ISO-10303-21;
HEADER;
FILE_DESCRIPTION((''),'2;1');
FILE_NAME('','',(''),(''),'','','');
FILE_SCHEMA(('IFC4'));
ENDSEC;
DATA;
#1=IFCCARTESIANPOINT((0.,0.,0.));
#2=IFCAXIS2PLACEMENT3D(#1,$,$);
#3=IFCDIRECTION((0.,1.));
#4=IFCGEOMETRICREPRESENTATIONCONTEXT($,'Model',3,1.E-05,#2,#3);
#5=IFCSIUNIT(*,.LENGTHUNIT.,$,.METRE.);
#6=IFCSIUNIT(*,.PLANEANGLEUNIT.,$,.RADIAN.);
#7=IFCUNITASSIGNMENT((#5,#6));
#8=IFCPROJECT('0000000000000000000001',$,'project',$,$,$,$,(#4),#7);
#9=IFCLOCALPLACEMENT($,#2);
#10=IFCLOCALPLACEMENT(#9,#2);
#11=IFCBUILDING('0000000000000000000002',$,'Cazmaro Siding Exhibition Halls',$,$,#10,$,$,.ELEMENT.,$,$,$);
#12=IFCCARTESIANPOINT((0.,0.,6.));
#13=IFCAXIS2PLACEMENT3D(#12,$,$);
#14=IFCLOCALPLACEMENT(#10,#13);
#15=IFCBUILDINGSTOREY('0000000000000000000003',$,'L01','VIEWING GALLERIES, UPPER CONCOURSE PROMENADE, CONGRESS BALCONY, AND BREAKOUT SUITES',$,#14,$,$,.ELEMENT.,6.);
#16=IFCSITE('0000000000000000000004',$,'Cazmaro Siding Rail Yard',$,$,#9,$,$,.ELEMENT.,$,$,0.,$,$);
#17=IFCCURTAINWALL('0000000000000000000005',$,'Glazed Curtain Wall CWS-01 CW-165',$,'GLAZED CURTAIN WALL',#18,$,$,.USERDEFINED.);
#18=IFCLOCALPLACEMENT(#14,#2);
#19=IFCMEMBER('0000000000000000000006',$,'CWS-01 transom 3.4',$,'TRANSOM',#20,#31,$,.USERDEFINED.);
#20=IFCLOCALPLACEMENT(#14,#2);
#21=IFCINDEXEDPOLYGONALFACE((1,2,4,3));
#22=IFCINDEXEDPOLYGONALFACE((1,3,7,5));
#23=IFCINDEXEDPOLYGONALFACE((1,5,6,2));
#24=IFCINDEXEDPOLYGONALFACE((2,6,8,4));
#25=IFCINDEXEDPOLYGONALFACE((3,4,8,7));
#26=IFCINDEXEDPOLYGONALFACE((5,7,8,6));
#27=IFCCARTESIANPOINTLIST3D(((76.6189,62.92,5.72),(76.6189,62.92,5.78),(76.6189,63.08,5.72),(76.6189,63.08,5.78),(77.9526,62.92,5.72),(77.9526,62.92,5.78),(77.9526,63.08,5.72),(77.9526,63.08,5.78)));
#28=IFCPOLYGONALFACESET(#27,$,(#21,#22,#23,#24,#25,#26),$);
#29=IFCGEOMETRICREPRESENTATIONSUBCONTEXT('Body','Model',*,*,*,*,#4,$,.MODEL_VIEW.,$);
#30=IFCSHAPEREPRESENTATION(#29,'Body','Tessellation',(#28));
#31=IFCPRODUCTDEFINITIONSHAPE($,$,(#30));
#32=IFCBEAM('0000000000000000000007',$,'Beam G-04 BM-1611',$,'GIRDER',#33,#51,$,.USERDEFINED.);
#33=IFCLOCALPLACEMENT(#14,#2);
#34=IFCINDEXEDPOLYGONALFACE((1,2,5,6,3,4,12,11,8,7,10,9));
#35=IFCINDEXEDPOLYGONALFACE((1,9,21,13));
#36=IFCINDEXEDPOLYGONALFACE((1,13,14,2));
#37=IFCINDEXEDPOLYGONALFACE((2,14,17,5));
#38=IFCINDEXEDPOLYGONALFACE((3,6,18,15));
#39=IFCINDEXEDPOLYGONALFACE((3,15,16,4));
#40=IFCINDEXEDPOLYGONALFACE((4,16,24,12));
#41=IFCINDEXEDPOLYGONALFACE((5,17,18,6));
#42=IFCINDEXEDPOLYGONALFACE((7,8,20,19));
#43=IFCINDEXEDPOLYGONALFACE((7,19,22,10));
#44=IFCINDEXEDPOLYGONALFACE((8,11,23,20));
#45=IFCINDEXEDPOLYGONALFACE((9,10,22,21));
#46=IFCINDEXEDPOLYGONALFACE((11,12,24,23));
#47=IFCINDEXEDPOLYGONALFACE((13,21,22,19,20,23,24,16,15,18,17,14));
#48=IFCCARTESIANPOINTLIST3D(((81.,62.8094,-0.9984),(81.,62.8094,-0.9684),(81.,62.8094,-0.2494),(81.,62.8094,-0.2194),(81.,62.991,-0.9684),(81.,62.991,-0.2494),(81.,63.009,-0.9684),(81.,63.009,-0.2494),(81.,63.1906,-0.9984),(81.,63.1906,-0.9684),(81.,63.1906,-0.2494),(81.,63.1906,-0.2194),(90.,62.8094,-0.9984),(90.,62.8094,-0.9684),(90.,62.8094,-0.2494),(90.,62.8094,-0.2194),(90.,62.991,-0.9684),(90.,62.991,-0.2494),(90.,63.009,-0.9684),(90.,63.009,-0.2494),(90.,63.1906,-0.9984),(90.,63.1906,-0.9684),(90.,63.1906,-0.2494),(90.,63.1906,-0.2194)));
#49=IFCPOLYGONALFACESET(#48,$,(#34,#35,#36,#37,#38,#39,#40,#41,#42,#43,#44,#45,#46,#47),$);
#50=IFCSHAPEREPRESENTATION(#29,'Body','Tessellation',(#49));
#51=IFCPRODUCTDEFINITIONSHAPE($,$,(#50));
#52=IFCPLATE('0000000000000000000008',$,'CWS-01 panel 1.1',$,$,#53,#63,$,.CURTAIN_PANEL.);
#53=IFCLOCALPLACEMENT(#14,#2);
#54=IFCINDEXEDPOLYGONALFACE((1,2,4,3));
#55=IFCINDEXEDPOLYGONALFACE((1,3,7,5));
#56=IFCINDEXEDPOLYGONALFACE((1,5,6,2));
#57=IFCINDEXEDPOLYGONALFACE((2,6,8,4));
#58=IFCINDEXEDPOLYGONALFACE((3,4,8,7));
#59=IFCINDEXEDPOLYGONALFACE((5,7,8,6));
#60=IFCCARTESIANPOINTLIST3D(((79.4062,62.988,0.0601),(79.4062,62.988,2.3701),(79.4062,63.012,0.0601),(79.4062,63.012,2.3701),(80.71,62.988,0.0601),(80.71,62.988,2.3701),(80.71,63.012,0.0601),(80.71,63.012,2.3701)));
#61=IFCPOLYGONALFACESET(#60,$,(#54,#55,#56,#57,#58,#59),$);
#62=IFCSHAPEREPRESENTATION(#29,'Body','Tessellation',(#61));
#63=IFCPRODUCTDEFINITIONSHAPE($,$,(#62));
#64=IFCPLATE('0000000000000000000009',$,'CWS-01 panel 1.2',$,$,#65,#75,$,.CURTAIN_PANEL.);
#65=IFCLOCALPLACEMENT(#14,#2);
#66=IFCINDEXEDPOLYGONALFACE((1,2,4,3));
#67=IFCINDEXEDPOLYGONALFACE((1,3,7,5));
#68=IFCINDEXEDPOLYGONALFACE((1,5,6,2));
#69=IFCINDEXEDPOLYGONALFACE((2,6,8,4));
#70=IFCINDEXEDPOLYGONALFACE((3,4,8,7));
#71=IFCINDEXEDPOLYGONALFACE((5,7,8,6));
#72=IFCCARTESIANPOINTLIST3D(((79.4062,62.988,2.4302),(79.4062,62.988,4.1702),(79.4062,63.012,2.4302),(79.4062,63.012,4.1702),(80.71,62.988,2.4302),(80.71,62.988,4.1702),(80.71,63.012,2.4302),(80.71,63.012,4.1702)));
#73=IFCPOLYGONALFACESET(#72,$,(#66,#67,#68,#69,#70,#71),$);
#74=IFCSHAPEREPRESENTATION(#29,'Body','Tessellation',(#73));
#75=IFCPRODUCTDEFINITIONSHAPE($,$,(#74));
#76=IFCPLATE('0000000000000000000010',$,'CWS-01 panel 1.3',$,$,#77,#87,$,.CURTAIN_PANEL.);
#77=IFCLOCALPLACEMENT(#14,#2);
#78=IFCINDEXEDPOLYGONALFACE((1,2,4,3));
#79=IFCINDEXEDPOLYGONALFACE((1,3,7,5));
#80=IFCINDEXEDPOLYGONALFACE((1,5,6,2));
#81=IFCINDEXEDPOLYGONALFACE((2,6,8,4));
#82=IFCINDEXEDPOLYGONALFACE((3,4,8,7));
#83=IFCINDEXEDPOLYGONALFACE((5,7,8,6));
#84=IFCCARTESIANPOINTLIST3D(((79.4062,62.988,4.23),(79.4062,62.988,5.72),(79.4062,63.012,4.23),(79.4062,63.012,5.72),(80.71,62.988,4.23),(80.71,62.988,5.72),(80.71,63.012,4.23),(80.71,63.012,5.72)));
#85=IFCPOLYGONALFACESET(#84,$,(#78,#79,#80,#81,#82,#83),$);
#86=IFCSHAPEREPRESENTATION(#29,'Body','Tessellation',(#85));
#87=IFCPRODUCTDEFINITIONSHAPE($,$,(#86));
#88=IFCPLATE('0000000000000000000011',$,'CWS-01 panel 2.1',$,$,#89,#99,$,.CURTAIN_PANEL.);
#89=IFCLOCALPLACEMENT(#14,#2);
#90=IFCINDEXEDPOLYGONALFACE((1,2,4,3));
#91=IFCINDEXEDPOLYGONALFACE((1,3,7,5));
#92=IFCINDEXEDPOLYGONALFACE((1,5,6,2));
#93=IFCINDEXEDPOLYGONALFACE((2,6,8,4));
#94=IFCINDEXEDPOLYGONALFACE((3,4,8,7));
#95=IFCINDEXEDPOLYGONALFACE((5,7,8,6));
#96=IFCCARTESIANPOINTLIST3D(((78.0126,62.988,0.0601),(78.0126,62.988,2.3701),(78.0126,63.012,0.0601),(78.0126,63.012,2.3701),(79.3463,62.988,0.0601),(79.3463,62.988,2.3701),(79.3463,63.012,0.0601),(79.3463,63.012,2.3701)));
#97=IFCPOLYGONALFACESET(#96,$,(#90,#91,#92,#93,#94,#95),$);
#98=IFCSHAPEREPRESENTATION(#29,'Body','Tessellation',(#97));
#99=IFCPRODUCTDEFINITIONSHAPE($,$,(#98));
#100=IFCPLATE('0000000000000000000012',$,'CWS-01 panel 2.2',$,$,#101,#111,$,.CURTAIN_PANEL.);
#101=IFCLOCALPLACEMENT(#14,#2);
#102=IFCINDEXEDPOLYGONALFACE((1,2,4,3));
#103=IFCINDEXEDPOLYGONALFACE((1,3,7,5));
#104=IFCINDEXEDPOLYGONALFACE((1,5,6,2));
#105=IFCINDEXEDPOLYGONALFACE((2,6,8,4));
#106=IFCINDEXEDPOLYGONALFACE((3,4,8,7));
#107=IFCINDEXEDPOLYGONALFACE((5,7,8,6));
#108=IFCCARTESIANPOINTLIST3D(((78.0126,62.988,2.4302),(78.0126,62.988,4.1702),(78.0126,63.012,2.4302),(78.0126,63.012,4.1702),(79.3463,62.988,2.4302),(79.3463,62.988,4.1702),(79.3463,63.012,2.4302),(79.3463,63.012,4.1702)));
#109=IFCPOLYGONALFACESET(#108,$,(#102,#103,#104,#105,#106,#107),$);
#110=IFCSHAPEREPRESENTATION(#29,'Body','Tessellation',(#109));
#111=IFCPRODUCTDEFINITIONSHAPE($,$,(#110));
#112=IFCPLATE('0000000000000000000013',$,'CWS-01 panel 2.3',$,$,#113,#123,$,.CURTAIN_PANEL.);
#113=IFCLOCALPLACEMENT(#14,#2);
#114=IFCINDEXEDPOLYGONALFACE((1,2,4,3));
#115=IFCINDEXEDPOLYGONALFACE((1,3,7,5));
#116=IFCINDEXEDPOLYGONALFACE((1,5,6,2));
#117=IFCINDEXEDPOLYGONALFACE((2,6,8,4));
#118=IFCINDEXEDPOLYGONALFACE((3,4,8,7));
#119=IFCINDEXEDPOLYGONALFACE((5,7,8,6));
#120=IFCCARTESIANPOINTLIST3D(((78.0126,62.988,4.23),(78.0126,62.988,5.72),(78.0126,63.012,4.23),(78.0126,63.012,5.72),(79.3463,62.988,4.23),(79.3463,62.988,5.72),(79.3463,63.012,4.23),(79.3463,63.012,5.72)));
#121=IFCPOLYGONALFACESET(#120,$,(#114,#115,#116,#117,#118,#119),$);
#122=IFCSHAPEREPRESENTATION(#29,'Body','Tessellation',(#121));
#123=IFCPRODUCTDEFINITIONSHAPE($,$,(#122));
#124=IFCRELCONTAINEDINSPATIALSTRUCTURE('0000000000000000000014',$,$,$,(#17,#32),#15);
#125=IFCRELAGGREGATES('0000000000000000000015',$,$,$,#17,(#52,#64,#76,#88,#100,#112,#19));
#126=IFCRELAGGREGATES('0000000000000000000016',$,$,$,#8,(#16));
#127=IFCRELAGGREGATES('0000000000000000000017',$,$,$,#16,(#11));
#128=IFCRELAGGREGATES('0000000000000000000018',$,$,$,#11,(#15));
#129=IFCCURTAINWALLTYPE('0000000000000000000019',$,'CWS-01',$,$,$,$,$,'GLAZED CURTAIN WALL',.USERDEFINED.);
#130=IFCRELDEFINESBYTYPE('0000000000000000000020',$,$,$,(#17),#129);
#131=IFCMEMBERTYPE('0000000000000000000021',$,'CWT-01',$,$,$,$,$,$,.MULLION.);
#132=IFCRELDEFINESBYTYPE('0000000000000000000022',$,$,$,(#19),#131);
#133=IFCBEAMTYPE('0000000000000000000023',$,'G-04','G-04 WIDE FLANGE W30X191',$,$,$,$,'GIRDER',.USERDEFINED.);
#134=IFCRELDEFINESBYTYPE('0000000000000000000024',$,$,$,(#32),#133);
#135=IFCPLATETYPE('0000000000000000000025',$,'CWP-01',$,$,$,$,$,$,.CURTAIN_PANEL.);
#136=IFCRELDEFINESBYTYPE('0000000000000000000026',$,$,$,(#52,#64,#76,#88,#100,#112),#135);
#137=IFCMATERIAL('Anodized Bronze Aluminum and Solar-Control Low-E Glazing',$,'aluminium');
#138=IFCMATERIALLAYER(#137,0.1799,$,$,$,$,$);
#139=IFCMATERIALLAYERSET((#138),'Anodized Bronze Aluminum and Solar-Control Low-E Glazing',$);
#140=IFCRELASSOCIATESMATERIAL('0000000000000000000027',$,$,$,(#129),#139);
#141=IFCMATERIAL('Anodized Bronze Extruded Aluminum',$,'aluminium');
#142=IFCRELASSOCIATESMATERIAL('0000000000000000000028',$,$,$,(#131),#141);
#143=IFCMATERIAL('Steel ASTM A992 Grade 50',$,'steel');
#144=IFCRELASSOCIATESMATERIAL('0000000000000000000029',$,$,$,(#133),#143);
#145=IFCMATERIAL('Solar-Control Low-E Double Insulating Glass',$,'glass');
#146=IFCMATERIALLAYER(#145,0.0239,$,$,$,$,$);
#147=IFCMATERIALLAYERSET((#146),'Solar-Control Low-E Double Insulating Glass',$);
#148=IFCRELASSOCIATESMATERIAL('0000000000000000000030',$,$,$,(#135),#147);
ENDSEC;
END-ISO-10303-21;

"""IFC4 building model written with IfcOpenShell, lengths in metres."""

from ifc_helpers import new_model, si_unit, direction, frame, origin, origin_2d, place, context, subcontext, project, spatial, rectangle, i_section, extrude, material, layer, layer_set, material_profile, profile_set, type_object, element, aggregate, save


model = new_model("IFC4")

# Units and contexts
model_context = context("Model", 3, precision=1e-05, world=origin(), true_north=direction((0.0, 1.0)))
body_context = subcontext(model_context, "Body", "Model", "MODEL_VIEW")
ifc_project = project(units=[si_unit("LENGTHUNIT", "METRE"), si_unit("PLANEANGLEUNIT", "RADIAN")], contexts=[model_context])

# Site, building, storey
site_placement = place(None, origin())
site = spatial("IfcSite", under=ifc_project, at=site_placement, Name="Cazmaro Siding Rail Yard", CompositionType="ELEMENT", RefElevation=0.0)
building_placement = place(site_placement, origin())
building = spatial("IfcBuilding", under=site, at=building_placement, Name="Cazmaro Siding Exhibition Halls", CompositionType="ELEMENT")
storey_placement = place(building_placement, frame((0.0, 0.0, 6.0)))
storey = spatial("IfcBuildingStorey", under=building, at=storey_placement, Name="L01", Description="VIEWING GALLERIES, UPPER CONCOURSE PROMENADE, CONGRESS BALCONY, AND BREAKOUT SUITES", CompositionType="ELEMENT", Elevation=6.0)

# Curtain wall, member
ifc_material_1 = material(Name="Anodized Bronze Aluminum and Solar-Control Low-E Glazing", Category="aluminium")
ifc_layer_1 = layer(ifc_material_1, 0.1799)
ifc_layer_set_1 = layer_set([ifc_layer_1], Name="Anodized Bronze Aluminum and Solar-Control Low-E Glazing")
curtain_wall_type = type_object("IfcCurtainWallType", Name="CWS-01", ElementType="GLAZED CURTAIN WALL", PredefinedType="USERDEFINED", material=ifc_layer_set_1)
curtain_wall_placement = place(storey_placement, origin())
curtain_wall = element("IfcCurtainWall", 1, at=curtain_wall_placement, inside=storey, type_object=curtain_wall_type, Name="Glazed Curtain Wall CWS-01 CW-165", ObjectType="GLAZED CURTAIN WALL", PredefinedType="USERDEFINED")
ifc_material_2 = material(Name="Anodized Bronze Extruded Aluminum", Category="aluminium")
ifc_material_profile_1 = material_profile(ifc_material_2, rectangle(XDim=0.1599, YDim=0.0601, at=origin_2d()), Name="CWT-01")
ifc_profile_set_1 = profile_set([ifc_material_profile_1], Name="Anodized Bronze Extruded Aluminum")
member_type_1 = type_object("IfcMemberType", Name="CWT-01", PredefinedType="MULLION", material=ifc_profile_set_1)
member_1_placement = place(storey_placement, frame((77.9526, 63.0, 5.75), z_axis=(-1.0, 0.0, 0.0), x_axis=(0.0, -1.0, 0.0)))
member_1 = element("IfcMember", 2, at=member_1_placement, type_object=member_type_1, Name="CWS-01 transom 3.4", ObjectType="TRANSOM", PredefinedType="USERDEFINED", context=body_context, shape_type="SweptSolid", body=[
    extrude(rectangle(XDim=0.1599, YDim=0.0601, at=origin_2d()), origin(), (0.0, 0.0, 1.0), 1.3337),
])

# Beam
ifc_material_3 = material(Name="Steel ASTM A992 Grade 50", Category="steel")
ifc_material_profile_2 = material_profile(ifc_material_3, i_section(OverallWidth=0.3811, OverallDepth=0.7791, WebThickness=0.0181, FlangeThickness=0.03, at=origin_2d()), Name="W30X191")
ifc_profile_set_2 = profile_set([ifc_material_profile_2], Name="Steel ASTM A992 Grade 50")
beam_type_1 = type_object("IfcBeamType", Name="G-04", Description="G-04 WIDE FLANGE W30X191", ElementType="GIRDER", PredefinedType="USERDEFINED", material=ifc_profile_set_2)
beam_1_placement = place(storey_placement, frame((81.0, 63.0, -0.6089), z_axis=(1.0, 0.0, 0.0), x_axis=(0.0, 1.0, 0.0)))
element("IfcBeam", 3, at=beam_1_placement, inside=storey, type_object=beam_type_1, Name="Beam G-04 BM-1611", ObjectType="GIRDER", PredefinedType="USERDEFINED", context=body_context, shape_type="SweptSolid", body=[
    extrude(i_section(OverallWidth=0.3811, OverallDepth=0.7791, WebThickness=0.0181, FlangeThickness=0.03, at=origin_2d()), origin(), (0.0, 0.0, 1.0), 9.0),
])

# Plates
ifc_material_4 = material(Name="Solar-Control Low-E Double Insulating Glass", Category="glass")
ifc_layer_2 = layer(ifc_material_4, 0.0239)
ifc_layer_set_2 = layer_set([ifc_layer_2], Name="Solar-Control Low-E Double Insulating Glass")
plate_type = type_object("IfcPlateType", Name="CWP-01", PredefinedType="CURTAIN_PANEL", material=ifc_layer_set_2)
plate_1_placement = place(storey_placement, frame((80.0581, 63.0, 0.0601), z_axis=(0.0, 0.0, 1.0), x_axis=(-1.0, 0.0, 0.0)))
plate_1 = element("IfcPlate", 4, at=plate_1_placement, type_object=plate_type, Name="CWS-01 panel 1.1", PredefinedType="CURTAIN_PANEL", context=body_context, shape_type="SweptSolid", body=[
    extrude(rectangle(XDim=1.3037, YDim=0.0239, at=origin_2d()), origin(), (0.0, 0.0, 1.0), 2.3101),
])
plate_2_placement = place(storey_placement, frame((80.0581, 63.0, 2.4302), z_axis=(0.0, 0.0, 1.0), x_axis=(-1.0, 0.0, 0.0)))
plate_2 = element("IfcPlate", 5, at=plate_2_placement, type_object=plate_type, Name="CWS-01 panel 1.2", PredefinedType="CURTAIN_PANEL", context=body_context, shape_type="SweptSolid", body=[
    extrude(rectangle(XDim=1.3037, YDim=0.0239, at=origin_2d()), origin(), (0.0, 0.0, 1.0), 1.74),
])
plate_3_placement = place(storey_placement, frame((80.0581, 63.0, 4.23), z_axis=(0.0, 0.0, 1.0), x_axis=(-1.0, 0.0, 0.0)))
plate_3 = element("IfcPlate", 6, at=plate_3_placement, type_object=plate_type, Name="CWS-01 panel 1.3", PredefinedType="CURTAIN_PANEL", context=body_context, shape_type="SweptSolid", body=[
    extrude(rectangle(XDim=1.3037, YDim=0.0239, at=origin_2d()), origin(), (0.0, 0.0, 1.0), 1.49),
])
plate_4_placement = place(storey_placement, frame((78.6794, 63.0, 0.0601), z_axis=(0.0, 0.0, 1.0), x_axis=(-1.0, 0.0, 0.0)))
plate_4 = element("IfcPlate", 7, at=plate_4_placement, type_object=plate_type, Name="CWS-01 panel 2.1", PredefinedType="CURTAIN_PANEL", context=body_context, shape_type="SweptSolid", body=[
    extrude(rectangle(XDim=1.3337, YDim=0.0239, at=origin_2d()), origin(), (0.0, 0.0, 1.0), 2.3101),
])
plate_5_placement = place(storey_placement, frame((78.6794, 63.0, 2.4302), z_axis=(0.0, 0.0, 1.0), x_axis=(-1.0, 0.0, 0.0)))
plate_5 = element("IfcPlate", 8, at=plate_5_placement, type_object=plate_type, Name="CWS-01 panel 2.2", PredefinedType="CURTAIN_PANEL", context=body_context, shape_type="SweptSolid", body=[
    extrude(rectangle(XDim=1.3337, YDim=0.0239, at=origin_2d()), origin(), (0.0, 0.0, 1.0), 1.74),
])
plate_6_placement = place(storey_placement, frame((78.6794, 63.0, 4.23), z_axis=(0.0, 0.0, 1.0), x_axis=(-1.0, 0.0, 0.0)))
plate_6 = element("IfcPlate", 9, at=plate_6_placement, type_object=plate_type, Name="CWS-01 panel 2.3", PredefinedType="CURTAIN_PANEL", context=body_context, shape_type="SweptSolid", body=[
    extrude(rectangle(XDim=1.3337, YDim=0.0239, at=origin_2d()), origin(), (0.0, 0.0, 1.0), 1.49),
])
aggregate(curtain_wall, [plate_1, plate_2, plate_3, plate_4, plate_5, plate_6, member_1])

save(model, "model.ifc")
